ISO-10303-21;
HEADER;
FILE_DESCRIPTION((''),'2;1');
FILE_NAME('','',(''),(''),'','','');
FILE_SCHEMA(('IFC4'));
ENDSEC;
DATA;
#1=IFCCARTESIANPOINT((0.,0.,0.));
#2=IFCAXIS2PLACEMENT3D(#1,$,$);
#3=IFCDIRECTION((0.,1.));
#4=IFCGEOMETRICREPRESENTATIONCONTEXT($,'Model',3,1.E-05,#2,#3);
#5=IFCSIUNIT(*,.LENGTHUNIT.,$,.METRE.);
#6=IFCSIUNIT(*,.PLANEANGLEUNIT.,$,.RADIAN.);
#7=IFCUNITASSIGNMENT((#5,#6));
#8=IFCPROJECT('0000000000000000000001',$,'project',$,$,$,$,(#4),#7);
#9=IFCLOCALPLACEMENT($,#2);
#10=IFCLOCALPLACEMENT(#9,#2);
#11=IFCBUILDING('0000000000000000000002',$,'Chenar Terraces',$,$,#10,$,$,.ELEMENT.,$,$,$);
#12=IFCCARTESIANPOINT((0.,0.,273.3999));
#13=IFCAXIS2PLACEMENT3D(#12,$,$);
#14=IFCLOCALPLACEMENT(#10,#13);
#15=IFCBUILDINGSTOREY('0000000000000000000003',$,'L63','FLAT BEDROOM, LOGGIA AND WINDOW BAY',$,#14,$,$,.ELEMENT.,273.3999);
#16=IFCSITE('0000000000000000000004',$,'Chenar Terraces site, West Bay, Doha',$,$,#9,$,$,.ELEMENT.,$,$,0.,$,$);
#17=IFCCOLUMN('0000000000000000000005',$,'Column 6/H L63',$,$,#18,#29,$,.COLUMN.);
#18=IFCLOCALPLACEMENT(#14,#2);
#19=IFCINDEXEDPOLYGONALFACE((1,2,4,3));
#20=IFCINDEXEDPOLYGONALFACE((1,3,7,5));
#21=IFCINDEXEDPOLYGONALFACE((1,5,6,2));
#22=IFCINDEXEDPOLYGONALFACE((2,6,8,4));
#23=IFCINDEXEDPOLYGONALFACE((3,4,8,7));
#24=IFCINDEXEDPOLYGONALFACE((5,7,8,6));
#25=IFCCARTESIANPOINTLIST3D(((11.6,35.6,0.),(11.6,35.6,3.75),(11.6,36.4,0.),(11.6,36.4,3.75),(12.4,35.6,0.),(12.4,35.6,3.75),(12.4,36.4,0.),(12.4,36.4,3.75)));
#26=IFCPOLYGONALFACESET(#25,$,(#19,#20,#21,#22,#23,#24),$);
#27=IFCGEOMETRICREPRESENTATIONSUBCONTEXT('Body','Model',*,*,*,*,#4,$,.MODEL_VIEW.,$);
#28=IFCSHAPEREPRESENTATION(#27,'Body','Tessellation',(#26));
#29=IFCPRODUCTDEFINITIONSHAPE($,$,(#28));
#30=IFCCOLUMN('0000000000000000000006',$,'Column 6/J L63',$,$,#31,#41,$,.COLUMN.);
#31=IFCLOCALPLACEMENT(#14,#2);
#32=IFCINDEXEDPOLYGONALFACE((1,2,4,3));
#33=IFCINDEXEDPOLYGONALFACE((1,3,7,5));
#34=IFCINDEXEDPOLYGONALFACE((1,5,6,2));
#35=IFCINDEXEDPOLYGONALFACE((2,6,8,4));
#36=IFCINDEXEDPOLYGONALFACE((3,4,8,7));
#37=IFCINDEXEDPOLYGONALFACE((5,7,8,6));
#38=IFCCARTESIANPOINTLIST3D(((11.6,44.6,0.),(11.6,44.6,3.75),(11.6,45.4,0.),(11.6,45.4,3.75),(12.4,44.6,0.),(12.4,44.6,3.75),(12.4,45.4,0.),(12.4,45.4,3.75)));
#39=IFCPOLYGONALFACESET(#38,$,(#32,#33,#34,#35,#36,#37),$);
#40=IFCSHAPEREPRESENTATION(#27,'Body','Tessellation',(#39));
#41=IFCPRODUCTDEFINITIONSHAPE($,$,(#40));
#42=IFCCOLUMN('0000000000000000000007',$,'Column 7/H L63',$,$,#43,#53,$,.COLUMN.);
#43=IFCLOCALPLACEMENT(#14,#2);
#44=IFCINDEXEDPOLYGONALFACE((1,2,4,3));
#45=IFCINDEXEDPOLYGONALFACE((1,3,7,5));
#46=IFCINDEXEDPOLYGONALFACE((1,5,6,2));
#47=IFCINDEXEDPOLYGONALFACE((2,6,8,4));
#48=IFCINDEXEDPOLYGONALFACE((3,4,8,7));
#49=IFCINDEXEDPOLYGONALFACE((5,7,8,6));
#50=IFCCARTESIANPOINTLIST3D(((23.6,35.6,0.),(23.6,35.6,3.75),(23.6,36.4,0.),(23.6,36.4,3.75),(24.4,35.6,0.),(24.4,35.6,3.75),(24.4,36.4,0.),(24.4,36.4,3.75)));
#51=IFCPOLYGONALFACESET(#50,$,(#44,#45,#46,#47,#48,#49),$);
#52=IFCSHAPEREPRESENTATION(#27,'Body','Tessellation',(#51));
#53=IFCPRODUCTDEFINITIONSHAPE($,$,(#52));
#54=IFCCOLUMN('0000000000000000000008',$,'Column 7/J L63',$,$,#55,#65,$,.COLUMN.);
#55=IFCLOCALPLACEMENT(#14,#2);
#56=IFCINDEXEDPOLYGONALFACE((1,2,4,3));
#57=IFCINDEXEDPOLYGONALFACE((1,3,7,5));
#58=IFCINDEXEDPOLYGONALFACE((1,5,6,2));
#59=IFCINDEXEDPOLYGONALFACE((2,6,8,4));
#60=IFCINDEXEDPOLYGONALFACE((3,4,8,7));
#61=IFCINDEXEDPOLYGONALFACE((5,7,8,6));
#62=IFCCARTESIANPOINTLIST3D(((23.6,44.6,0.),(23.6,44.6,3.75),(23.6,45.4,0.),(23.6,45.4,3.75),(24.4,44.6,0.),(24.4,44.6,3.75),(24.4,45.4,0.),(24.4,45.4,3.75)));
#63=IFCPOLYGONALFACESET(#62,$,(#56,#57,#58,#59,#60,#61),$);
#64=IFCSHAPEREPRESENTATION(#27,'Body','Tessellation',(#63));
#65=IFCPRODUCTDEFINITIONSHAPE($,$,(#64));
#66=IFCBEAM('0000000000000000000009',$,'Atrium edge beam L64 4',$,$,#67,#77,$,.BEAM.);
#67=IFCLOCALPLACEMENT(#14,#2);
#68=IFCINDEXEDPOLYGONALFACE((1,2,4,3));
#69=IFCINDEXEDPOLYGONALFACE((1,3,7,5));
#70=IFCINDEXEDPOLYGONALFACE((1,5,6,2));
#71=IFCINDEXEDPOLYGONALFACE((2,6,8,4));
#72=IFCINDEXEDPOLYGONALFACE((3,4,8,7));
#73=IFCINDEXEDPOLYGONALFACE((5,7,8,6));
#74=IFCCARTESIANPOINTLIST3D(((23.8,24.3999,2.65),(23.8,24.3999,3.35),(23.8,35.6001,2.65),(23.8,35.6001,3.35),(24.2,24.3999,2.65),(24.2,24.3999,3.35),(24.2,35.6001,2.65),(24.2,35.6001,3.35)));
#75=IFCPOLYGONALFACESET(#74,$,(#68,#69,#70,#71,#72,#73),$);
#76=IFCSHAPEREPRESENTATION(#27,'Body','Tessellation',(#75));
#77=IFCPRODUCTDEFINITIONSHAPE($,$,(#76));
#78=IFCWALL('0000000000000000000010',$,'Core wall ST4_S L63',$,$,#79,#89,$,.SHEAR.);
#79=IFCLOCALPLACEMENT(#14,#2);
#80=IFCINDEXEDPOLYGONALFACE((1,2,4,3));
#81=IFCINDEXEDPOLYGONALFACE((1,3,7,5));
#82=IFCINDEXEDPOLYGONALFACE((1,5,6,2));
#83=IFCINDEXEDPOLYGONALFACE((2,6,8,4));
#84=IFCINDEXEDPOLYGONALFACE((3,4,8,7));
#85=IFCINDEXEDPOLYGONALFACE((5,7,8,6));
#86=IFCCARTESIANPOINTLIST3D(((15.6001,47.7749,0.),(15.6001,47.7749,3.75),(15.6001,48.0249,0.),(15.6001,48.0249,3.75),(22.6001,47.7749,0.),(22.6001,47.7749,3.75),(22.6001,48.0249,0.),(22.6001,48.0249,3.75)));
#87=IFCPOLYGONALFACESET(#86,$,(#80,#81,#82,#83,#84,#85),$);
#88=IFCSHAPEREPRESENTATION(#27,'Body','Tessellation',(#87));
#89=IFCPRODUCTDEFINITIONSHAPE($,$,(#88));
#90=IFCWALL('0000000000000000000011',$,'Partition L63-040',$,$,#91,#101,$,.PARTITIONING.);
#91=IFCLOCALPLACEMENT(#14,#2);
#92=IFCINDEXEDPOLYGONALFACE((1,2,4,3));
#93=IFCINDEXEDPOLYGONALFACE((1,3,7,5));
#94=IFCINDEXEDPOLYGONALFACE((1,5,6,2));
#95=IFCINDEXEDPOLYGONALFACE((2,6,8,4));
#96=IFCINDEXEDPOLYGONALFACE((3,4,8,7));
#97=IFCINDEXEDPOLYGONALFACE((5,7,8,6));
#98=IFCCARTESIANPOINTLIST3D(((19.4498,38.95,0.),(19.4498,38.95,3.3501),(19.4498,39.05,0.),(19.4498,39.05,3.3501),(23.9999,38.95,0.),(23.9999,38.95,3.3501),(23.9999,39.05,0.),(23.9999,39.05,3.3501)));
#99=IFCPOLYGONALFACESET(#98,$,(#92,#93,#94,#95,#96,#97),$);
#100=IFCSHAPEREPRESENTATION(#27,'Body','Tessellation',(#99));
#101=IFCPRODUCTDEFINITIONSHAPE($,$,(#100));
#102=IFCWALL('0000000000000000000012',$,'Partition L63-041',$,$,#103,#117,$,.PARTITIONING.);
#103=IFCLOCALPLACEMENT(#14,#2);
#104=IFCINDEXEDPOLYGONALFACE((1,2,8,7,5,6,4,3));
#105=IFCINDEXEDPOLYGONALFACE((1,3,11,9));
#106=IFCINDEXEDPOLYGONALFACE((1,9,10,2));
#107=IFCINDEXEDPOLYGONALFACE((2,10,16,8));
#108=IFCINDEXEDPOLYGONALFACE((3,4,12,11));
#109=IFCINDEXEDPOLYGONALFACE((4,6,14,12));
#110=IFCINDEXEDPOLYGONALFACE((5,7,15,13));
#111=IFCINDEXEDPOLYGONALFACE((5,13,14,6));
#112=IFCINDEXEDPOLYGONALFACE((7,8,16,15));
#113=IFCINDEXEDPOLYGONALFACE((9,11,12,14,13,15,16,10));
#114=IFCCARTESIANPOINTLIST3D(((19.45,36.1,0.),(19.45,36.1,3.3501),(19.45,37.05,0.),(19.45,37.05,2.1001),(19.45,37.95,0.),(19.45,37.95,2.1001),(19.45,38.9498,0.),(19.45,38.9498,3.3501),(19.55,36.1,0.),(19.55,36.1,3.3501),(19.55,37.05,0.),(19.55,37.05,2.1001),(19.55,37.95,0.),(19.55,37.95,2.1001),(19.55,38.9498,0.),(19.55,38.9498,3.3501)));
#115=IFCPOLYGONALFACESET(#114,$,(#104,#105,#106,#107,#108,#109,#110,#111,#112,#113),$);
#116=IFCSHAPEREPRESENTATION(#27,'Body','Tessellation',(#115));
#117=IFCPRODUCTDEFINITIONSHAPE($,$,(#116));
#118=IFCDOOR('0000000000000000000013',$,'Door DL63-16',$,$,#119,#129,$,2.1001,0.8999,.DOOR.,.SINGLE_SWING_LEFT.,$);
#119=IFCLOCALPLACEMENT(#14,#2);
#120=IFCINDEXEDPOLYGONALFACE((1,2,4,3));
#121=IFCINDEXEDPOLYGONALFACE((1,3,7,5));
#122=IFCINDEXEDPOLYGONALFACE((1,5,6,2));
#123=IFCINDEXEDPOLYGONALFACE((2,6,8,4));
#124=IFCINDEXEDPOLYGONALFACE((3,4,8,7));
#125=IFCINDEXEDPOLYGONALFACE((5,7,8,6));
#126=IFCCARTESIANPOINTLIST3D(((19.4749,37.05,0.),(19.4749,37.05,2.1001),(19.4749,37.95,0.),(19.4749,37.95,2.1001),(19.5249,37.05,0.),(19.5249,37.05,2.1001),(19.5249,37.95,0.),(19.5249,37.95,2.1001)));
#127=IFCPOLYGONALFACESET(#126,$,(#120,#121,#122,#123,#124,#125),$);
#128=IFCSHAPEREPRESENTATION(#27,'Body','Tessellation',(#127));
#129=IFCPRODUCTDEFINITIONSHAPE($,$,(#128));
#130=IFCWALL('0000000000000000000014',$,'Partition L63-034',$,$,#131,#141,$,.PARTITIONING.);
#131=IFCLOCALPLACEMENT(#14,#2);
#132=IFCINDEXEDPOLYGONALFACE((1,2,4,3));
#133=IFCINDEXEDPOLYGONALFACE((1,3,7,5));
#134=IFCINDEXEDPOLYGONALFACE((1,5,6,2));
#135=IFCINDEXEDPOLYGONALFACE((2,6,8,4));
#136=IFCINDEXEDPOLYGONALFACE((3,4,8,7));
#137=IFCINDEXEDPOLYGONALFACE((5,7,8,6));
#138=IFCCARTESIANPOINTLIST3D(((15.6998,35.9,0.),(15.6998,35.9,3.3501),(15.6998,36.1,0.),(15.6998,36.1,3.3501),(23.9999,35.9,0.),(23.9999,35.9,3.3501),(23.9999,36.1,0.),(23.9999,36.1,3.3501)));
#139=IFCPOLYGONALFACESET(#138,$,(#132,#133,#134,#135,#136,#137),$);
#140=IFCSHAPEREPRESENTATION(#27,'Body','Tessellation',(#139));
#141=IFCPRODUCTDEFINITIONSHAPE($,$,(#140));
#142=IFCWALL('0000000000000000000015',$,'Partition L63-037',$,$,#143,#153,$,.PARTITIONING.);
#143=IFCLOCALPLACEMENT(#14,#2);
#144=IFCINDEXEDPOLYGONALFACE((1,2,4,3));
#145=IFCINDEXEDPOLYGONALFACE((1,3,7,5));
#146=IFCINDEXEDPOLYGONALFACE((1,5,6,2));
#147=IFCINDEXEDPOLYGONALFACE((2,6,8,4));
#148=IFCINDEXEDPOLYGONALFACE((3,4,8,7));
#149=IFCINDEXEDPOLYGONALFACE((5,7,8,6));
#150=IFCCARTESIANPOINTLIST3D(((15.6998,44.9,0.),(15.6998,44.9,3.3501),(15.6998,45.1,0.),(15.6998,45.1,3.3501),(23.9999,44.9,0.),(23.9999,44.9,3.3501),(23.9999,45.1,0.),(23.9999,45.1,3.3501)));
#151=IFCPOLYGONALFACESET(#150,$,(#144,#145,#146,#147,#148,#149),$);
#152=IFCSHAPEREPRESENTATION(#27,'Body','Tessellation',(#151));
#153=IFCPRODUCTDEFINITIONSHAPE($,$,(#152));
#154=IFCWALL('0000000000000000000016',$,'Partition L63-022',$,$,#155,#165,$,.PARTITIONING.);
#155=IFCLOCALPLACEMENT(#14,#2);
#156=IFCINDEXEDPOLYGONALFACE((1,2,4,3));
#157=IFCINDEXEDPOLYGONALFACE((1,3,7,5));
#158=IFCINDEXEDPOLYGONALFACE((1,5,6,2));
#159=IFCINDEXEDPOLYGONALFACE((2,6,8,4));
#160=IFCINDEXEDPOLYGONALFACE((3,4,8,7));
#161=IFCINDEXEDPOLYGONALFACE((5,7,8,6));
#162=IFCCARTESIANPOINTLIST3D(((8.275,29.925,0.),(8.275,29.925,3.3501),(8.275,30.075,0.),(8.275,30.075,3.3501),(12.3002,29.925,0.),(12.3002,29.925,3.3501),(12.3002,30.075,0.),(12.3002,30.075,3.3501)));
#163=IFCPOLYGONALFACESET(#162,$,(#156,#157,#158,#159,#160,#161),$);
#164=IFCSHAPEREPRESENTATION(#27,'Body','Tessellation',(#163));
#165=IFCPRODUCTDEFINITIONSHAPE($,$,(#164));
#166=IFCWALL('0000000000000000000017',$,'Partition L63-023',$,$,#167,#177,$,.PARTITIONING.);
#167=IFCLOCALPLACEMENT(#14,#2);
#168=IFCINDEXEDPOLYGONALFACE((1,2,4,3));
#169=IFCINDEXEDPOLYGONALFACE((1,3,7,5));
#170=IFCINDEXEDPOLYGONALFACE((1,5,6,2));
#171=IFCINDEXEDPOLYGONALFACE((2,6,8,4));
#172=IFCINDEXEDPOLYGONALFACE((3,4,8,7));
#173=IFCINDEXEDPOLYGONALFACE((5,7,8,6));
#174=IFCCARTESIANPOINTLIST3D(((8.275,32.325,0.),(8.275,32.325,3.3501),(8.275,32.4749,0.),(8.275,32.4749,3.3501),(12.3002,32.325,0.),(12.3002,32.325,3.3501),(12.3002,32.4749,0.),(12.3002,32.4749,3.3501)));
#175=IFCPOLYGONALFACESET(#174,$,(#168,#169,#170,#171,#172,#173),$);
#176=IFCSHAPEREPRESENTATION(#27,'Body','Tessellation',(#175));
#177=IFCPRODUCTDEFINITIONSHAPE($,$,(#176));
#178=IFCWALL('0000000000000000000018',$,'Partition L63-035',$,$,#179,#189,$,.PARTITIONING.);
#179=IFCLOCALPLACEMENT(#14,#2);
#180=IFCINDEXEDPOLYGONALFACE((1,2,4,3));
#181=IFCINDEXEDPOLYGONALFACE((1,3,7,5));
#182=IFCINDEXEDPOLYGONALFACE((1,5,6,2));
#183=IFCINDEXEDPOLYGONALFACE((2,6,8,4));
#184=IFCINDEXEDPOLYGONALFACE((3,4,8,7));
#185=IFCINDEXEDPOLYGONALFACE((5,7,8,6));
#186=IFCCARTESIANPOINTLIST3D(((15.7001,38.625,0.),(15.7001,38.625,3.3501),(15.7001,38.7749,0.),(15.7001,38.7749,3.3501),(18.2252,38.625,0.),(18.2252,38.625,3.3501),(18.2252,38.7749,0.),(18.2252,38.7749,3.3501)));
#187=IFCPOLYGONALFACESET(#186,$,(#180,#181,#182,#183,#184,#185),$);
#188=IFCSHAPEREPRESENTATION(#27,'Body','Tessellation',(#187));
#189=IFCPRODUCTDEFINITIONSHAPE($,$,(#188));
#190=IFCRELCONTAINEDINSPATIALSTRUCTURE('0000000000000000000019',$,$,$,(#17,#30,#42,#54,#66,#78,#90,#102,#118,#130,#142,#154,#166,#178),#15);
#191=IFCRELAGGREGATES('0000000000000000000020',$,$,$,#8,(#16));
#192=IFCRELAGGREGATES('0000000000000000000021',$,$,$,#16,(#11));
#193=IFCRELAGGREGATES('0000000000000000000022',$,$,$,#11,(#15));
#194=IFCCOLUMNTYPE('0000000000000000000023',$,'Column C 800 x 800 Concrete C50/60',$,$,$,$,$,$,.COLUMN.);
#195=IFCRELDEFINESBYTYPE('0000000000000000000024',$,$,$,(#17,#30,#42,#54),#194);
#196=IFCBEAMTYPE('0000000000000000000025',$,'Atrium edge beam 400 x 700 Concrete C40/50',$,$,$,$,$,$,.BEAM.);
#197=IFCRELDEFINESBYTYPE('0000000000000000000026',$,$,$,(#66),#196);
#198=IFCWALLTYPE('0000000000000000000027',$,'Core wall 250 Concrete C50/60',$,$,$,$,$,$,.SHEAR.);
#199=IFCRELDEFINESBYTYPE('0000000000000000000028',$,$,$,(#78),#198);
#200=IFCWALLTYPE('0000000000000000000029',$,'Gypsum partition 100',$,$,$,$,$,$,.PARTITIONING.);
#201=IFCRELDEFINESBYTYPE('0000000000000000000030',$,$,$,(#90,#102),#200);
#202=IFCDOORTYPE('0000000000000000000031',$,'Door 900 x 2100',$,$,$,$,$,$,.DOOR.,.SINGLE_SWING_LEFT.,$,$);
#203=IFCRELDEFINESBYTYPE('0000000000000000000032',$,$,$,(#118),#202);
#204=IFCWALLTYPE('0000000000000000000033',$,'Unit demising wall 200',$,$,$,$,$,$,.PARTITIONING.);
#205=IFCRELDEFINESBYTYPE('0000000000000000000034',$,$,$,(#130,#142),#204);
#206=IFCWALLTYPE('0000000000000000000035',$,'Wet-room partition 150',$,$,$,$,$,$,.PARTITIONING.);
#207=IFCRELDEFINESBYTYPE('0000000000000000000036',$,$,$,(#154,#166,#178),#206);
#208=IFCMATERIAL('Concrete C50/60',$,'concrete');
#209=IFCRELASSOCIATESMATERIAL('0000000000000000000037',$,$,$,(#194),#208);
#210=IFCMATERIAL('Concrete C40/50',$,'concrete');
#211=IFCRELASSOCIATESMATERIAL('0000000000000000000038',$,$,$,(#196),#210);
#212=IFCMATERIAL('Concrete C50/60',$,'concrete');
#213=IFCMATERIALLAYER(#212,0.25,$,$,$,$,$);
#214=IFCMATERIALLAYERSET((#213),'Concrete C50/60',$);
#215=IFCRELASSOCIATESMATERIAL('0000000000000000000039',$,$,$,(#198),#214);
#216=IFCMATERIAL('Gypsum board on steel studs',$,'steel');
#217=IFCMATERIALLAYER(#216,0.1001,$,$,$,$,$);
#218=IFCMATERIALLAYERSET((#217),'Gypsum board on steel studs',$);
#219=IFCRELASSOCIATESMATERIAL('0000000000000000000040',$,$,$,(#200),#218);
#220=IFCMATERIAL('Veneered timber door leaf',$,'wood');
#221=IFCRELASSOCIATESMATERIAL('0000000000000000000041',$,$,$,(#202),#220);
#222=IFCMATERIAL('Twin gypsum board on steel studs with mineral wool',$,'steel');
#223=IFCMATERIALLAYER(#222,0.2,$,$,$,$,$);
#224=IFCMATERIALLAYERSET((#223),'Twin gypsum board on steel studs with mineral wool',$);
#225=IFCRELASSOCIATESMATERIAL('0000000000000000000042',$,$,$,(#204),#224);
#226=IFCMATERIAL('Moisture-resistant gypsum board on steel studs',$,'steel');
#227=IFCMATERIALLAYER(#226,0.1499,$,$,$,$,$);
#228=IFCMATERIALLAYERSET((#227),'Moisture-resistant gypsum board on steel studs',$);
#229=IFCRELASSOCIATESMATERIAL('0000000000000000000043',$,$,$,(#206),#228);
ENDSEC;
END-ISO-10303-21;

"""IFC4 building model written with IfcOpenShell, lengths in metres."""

from ifc_helpers import new_model, si_unit, direction, frame, frame_2d, origin, origin_2d, place, context, subcontext, project, spatial, rectangle, extrude, material, layer, layer_set, material_profile, profile_set, type_object, element, fill, save


model = new_model("IFC4")

# Units and contexts
model_context = context("Model", 3, precision=1e-05, world=origin(), true_north=direction((0.0, 1.0)))
body_context = subcontext(model_context, "Body", "Model", "MODEL_VIEW")
ifc_project = project(units=[si_unit("LENGTHUNIT", "METRE"), si_unit("PLANEANGLEUNIT", "RADIAN")], contexts=[model_context])

# Site, building, storey
site_placement = place(None, origin())
site = spatial("IfcSite", under=ifc_project, at=site_placement, Name="Chenar Terraces site, West Bay, Doha", CompositionType="ELEMENT", RefElevation=0.0)
building_placement = place(site_placement, origin())
building = spatial("IfcBuilding", under=site, at=building_placement, Name="Chenar Terraces", CompositionType="ELEMENT")
storey_placement = place(building_placement, frame((0.0, 0.0, 273.3999)))
storey = spatial("IfcBuildingStorey", under=building, at=storey_placement, Name="L63", Description="FLAT BEDROOM, LOGGIA AND WINDOW BAY", CompositionType="ELEMENT", Elevation=273.3999)

# Columns
ifc_material_1 = material(Name="Concrete C50/60", Category="concrete")
ifc_material_profile_1 = material_profile(ifc_material_1, rectangle(XDim=0.8, YDim=0.8, at=origin_2d()), Name="C 800 x 800")
ifc_profile_set_1 = profile_set([ifc_material_profile_1], Name="Concrete C50/60")
column_type = type_object("IfcColumnType", Name="Column C 800 x 800 Concrete C50/60", PredefinedType="COLUMN", material=ifc_profile_set_1)
for number, where, z_axis, x_axis, name in (
    (1, (12.0, 36.0, 0.0), (0.0, 0.0, 1.0), (1.0, 0.0, 0.0), "Column 6/H L63"),
    (2, (12.0, 45.0, 0.0), (0.0, 0.0, 1.0), (1.0, 0.0, 0.0), "Column 6/J L63"),
    (3, (24.0, 36.0, 0.0), (0.0, 0.0, 1.0), (1.0, 0.0, 0.0), "Column 7/H L63"),
    (4, (24.0, 45.0, 0.0), (0.0, 0.0, 1.0), (1.0, 0.0, 0.0), "Column 7/J L63"),
):
    element("IfcColumn", number, at=place(storey_placement, frame(where, z_axis=z_axis, x_axis=x_axis)), inside=storey, type_object=column_type, Name=name, PredefinedType="COLUMN", context=body_context, shape_type="SweptSolid", body=[
        extrude(rectangle(XDim=0.8, YDim=0.8, at=origin_2d()), origin(), (0.0, 0.0, 1.0), 3.75),
    ])

# Beam
ifc_material_2 = material(Name="Concrete C40/50", Category="concrete")
ifc_material_profile_2 = material_profile(ifc_material_2, rectangle(XDim=0.3999, YDim=0.7, at=origin_2d()), Name="RC 400 x 700")
ifc_profile_set_2 = profile_set([ifc_material_profile_2], Name="Concrete C40/50")
beam_type = type_object("IfcBeamType", Name="Atrium edge beam 400 x 700 Concrete C40/50", PredefinedType="BEAM", material=ifc_profile_set_2)
beam_placement = place(storey_placement, frame((24.0, 35.6001, 3.0), z_axis=(0.0, -1.0, 0.0), x_axis=(1.0, 0.0, 0.0)))
element("IfcBeam", 5, at=beam_placement, inside=storey, type_object=beam_type, Name="Atrium edge beam L64 4", PredefinedType="BEAM", context=body_context, shape_type="SweptSolid", body=[
    extrude(rectangle(XDim=0.3999, YDim=0.7, at=origin_2d()), origin(), (0.0, 0.0, 1.0), 11.2002),
])

# Walls
ifc_material_3 = material(Name="Concrete C50/60", Category="concrete")
ifc_layer_1 = layer(ifc_material_3, 0.25)
ifc_layer_set_1 = layer_set([ifc_layer_1], Name="Concrete C50/60")
wall_type_1 = type_object("IfcWallType", Name="Core wall 250 Concrete C50/60", PredefinedType="SHEAR", material=ifc_layer_set_1)
wall_1_placement = place(storey_placement, frame((15.6001, 47.8999, 0.0), z_axis=(0.0, 0.0, 1.0), x_axis=(1.0, 0.0, 0.0)))
element("IfcWall", 6, at=wall_1_placement, inside=storey, type_object=wall_type_1, Name="Core wall ST4_S L63", PredefinedType="SHEAR", context=body_context, shape_type="SweptSolid", body=[
    extrude(rectangle(XDim=7.0, YDim=0.25, at=frame_2d((3.5, 0.0))), origin(), (0.0, 0.0, 1.0), 3.75),
])
ifc_material_4 = material(Name="Gypsum board on steel studs", Category="steel")
ifc_layer_2 = layer(ifc_material_4, 0.1001)
ifc_layer_set_2 = layer_set([ifc_layer_2], Name="Gypsum board on steel studs")
wall_type_2 = type_object("IfcWallType", Name="Gypsum partition 100", PredefinedType="PARTITIONING", material=ifc_layer_set_2)
wall_2_placement = place(storey_placement, frame((19.45, 39.0, 0.0), z_axis=(0.0, 0.0, 1.0), x_axis=(1.0, 0.0, 0.0)))
element("IfcWall", 7, at=wall_2_placement, inside=storey, type_object=wall_type_2, Name="Partition L63-040", PredefinedType="PARTITIONING", context=body_context, shape_type="SweptSolid", body=[
    extrude(rectangle(XDim=4.55, YDim=0.1001, at=frame_2d((2.2749, 0.0))), origin(), (0.0, 0.0, 1.0), 3.3501),
])

# Wall, opening, door
wall_3_placement = place(storey_placement, frame((19.5, 36.1001, 0.0), z_axis=(0.0, 0.0, 1.0), x_axis=(0.0, 1.0, 0.0)))
wall_3 = element("IfcWall", 8, at=wall_3_placement, inside=storey, type_object=wall_type_2, Name="Partition L63-041", PredefinedType="PARTITIONING", context=body_context, shape_type="SweptSolid", body=[
    extrude(rectangle(XDim=2.8499, YDim=0.1001, at=frame_2d((1.4248, 0.0))), origin(), (0.0, 0.0, 1.0), 3.3501),
])
opening_1_placement = place(wall_3_placement, frame((0.95, 0.0, 0.0)))
opening_1 = element("IfcOpeningElement", 9, at=opening_1_placement, cuts=wall_3, PredefinedType="OPENING", context=body_context, shape_type="SweptSolid", body=[
    extrude(rectangle(XDim=0.8999, YDim=2.1001, at=frame_2d((0.45, 1.05))), frame((0.0, 0.0601, 0.0), z_axis=(0.0, -1.0, 0.0), x_axis=(1.0, 0.0, 0.0)), (0.0, 0.0, 1.0), 0.1201),
])
ifc_material_5 = material(Name="Veneered timber door leaf", Category="wood")
door_type_1 = type_object("IfcDoorType", Name="Door 900 x 2100", OperationType="SINGLE_SWING_LEFT", PredefinedType="DOOR", material=ifc_material_5)
door_1_placement = place(opening_1_placement, frame((0.8999, 0.0, 0.0), z_axis=(0.0, 0.0, 1.0), x_axis=(-1.0, 0.0, 0.0)))
door_1 = element("IfcDoor", 10, at=door_1_placement, inside=storey, type_object=door_type_1, Name="Door DL63-16", OperationType="SINGLE_SWING_LEFT", OverallHeight=2.1001, OverallWidth=0.8999, PredefinedType="DOOR", context=body_context, shape_type="SweptSolid", body=[
    extrude(rectangle(XDim=0.8999, YDim=2.1001, at=frame_2d((0.45, 1.05))), frame((0.0, 0.0249, 0.0), z_axis=(0.0, -1.0, 0.0), x_axis=(1.0, 0.0, 0.0)), (0.0, 0.0, 1.0), 0.05),
])
fill(opening_1, door_1)

# Walls
ifc_material_6 = material(Name="Twin gypsum board on steel studs with mineral wool", Category="steel")
ifc_layer_3 = layer(ifc_material_6, 0.2)
ifc_layer_set_3 = layer_set([ifc_layer_3], Name="Twin gypsum board on steel studs with mineral wool")
wall_type_3 = type_object("IfcWallType", Name="Unit demising wall 200", PredefinedType="PARTITIONING", material=ifc_layer_set_3)
for number, where, z_axis, x_axis, name in (
    (11, (15.7, 36.0, 0.0), (0.0, 0.0, 1.0), (1.0, 0.0, 0.0), "Partition L63-034"),
    (12, (15.7, 45.0, 0.0), (0.0, 0.0, 1.0), (1.0, 0.0, 0.0), "Partition L63-037"),
):
    element("IfcWall", number, at=place(storey_placement, frame(where, z_axis=z_axis, x_axis=x_axis)), inside=storey, type_object=wall_type_3, Name=name, PredefinedType="PARTITIONING", context=body_context, shape_type="SweptSolid", body=[
        extrude(rectangle(XDim=8.3, YDim=0.2, at=frame_2d((4.1499, 0.0))), origin(), (0.0, 0.0, 1.0), 3.3501),
    ])
ifc_material_7 = material(Name="Moisture-resistant gypsum board on steel studs", Category="steel")
ifc_layer_4 = layer(ifc_material_7, 0.1499)
ifc_layer_set_4 = layer_set([ifc_layer_4], Name="Moisture-resistant gypsum board on steel studs")
wall_type_4 = type_object("IfcWallType", Name="Wet-room partition 150", PredefinedType="PARTITIONING", material=ifc_layer_set_4)
for number, where, z_axis, x_axis, name in (
    (13, (8.2749, 30.0, 0.0), (0.0, 0.0, 1.0), (1.0, 0.0, 0.0), "Partition L63-022"),
    (14, (8.2749, 32.3999, 0.0), (0.0, 0.0, 1.0), (1.0, 0.0, 0.0), "Partition L63-023"),
):
    element("IfcWall", number, at=place(storey_placement, frame(where, z_axis=z_axis, x_axis=x_axis)), inside=storey, type_object=wall_type_4, Name=name, PredefinedType="PARTITIONING", context=body_context, shape_type="SweptSolid", body=[
        extrude(rectangle(XDim=4.0251, YDim=0.1499, at=frame_2d((2.0127, 0.0))), origin(), (0.0, 0.0, 1.0), 3.3501),
    ])
for number, where, z_axis, x_axis, name in (
    (15, (15.7, 38.7, 0.0), (0.0, 0.0, 1.0), (1.0, 0.0, 0.0), "Partition L63-035"),
):
    element("IfcWall", number, at=place(storey_placement, frame(where, z_axis=z_axis, x_axis=x_axis)), inside=storey, type_object=wall_type_4, Name=name, PredefinedType="PARTITIONING", context=body_context, shape_type="SweptSolid", body=[
        extrude(rectangle(XDim=2.5251, YDim=0.1499, at=frame_2d((1.2627, 0.0))), origin(), (0.0, 0.0, 1.0), 3.3501),
    ])

save(model, "model.ifc")
